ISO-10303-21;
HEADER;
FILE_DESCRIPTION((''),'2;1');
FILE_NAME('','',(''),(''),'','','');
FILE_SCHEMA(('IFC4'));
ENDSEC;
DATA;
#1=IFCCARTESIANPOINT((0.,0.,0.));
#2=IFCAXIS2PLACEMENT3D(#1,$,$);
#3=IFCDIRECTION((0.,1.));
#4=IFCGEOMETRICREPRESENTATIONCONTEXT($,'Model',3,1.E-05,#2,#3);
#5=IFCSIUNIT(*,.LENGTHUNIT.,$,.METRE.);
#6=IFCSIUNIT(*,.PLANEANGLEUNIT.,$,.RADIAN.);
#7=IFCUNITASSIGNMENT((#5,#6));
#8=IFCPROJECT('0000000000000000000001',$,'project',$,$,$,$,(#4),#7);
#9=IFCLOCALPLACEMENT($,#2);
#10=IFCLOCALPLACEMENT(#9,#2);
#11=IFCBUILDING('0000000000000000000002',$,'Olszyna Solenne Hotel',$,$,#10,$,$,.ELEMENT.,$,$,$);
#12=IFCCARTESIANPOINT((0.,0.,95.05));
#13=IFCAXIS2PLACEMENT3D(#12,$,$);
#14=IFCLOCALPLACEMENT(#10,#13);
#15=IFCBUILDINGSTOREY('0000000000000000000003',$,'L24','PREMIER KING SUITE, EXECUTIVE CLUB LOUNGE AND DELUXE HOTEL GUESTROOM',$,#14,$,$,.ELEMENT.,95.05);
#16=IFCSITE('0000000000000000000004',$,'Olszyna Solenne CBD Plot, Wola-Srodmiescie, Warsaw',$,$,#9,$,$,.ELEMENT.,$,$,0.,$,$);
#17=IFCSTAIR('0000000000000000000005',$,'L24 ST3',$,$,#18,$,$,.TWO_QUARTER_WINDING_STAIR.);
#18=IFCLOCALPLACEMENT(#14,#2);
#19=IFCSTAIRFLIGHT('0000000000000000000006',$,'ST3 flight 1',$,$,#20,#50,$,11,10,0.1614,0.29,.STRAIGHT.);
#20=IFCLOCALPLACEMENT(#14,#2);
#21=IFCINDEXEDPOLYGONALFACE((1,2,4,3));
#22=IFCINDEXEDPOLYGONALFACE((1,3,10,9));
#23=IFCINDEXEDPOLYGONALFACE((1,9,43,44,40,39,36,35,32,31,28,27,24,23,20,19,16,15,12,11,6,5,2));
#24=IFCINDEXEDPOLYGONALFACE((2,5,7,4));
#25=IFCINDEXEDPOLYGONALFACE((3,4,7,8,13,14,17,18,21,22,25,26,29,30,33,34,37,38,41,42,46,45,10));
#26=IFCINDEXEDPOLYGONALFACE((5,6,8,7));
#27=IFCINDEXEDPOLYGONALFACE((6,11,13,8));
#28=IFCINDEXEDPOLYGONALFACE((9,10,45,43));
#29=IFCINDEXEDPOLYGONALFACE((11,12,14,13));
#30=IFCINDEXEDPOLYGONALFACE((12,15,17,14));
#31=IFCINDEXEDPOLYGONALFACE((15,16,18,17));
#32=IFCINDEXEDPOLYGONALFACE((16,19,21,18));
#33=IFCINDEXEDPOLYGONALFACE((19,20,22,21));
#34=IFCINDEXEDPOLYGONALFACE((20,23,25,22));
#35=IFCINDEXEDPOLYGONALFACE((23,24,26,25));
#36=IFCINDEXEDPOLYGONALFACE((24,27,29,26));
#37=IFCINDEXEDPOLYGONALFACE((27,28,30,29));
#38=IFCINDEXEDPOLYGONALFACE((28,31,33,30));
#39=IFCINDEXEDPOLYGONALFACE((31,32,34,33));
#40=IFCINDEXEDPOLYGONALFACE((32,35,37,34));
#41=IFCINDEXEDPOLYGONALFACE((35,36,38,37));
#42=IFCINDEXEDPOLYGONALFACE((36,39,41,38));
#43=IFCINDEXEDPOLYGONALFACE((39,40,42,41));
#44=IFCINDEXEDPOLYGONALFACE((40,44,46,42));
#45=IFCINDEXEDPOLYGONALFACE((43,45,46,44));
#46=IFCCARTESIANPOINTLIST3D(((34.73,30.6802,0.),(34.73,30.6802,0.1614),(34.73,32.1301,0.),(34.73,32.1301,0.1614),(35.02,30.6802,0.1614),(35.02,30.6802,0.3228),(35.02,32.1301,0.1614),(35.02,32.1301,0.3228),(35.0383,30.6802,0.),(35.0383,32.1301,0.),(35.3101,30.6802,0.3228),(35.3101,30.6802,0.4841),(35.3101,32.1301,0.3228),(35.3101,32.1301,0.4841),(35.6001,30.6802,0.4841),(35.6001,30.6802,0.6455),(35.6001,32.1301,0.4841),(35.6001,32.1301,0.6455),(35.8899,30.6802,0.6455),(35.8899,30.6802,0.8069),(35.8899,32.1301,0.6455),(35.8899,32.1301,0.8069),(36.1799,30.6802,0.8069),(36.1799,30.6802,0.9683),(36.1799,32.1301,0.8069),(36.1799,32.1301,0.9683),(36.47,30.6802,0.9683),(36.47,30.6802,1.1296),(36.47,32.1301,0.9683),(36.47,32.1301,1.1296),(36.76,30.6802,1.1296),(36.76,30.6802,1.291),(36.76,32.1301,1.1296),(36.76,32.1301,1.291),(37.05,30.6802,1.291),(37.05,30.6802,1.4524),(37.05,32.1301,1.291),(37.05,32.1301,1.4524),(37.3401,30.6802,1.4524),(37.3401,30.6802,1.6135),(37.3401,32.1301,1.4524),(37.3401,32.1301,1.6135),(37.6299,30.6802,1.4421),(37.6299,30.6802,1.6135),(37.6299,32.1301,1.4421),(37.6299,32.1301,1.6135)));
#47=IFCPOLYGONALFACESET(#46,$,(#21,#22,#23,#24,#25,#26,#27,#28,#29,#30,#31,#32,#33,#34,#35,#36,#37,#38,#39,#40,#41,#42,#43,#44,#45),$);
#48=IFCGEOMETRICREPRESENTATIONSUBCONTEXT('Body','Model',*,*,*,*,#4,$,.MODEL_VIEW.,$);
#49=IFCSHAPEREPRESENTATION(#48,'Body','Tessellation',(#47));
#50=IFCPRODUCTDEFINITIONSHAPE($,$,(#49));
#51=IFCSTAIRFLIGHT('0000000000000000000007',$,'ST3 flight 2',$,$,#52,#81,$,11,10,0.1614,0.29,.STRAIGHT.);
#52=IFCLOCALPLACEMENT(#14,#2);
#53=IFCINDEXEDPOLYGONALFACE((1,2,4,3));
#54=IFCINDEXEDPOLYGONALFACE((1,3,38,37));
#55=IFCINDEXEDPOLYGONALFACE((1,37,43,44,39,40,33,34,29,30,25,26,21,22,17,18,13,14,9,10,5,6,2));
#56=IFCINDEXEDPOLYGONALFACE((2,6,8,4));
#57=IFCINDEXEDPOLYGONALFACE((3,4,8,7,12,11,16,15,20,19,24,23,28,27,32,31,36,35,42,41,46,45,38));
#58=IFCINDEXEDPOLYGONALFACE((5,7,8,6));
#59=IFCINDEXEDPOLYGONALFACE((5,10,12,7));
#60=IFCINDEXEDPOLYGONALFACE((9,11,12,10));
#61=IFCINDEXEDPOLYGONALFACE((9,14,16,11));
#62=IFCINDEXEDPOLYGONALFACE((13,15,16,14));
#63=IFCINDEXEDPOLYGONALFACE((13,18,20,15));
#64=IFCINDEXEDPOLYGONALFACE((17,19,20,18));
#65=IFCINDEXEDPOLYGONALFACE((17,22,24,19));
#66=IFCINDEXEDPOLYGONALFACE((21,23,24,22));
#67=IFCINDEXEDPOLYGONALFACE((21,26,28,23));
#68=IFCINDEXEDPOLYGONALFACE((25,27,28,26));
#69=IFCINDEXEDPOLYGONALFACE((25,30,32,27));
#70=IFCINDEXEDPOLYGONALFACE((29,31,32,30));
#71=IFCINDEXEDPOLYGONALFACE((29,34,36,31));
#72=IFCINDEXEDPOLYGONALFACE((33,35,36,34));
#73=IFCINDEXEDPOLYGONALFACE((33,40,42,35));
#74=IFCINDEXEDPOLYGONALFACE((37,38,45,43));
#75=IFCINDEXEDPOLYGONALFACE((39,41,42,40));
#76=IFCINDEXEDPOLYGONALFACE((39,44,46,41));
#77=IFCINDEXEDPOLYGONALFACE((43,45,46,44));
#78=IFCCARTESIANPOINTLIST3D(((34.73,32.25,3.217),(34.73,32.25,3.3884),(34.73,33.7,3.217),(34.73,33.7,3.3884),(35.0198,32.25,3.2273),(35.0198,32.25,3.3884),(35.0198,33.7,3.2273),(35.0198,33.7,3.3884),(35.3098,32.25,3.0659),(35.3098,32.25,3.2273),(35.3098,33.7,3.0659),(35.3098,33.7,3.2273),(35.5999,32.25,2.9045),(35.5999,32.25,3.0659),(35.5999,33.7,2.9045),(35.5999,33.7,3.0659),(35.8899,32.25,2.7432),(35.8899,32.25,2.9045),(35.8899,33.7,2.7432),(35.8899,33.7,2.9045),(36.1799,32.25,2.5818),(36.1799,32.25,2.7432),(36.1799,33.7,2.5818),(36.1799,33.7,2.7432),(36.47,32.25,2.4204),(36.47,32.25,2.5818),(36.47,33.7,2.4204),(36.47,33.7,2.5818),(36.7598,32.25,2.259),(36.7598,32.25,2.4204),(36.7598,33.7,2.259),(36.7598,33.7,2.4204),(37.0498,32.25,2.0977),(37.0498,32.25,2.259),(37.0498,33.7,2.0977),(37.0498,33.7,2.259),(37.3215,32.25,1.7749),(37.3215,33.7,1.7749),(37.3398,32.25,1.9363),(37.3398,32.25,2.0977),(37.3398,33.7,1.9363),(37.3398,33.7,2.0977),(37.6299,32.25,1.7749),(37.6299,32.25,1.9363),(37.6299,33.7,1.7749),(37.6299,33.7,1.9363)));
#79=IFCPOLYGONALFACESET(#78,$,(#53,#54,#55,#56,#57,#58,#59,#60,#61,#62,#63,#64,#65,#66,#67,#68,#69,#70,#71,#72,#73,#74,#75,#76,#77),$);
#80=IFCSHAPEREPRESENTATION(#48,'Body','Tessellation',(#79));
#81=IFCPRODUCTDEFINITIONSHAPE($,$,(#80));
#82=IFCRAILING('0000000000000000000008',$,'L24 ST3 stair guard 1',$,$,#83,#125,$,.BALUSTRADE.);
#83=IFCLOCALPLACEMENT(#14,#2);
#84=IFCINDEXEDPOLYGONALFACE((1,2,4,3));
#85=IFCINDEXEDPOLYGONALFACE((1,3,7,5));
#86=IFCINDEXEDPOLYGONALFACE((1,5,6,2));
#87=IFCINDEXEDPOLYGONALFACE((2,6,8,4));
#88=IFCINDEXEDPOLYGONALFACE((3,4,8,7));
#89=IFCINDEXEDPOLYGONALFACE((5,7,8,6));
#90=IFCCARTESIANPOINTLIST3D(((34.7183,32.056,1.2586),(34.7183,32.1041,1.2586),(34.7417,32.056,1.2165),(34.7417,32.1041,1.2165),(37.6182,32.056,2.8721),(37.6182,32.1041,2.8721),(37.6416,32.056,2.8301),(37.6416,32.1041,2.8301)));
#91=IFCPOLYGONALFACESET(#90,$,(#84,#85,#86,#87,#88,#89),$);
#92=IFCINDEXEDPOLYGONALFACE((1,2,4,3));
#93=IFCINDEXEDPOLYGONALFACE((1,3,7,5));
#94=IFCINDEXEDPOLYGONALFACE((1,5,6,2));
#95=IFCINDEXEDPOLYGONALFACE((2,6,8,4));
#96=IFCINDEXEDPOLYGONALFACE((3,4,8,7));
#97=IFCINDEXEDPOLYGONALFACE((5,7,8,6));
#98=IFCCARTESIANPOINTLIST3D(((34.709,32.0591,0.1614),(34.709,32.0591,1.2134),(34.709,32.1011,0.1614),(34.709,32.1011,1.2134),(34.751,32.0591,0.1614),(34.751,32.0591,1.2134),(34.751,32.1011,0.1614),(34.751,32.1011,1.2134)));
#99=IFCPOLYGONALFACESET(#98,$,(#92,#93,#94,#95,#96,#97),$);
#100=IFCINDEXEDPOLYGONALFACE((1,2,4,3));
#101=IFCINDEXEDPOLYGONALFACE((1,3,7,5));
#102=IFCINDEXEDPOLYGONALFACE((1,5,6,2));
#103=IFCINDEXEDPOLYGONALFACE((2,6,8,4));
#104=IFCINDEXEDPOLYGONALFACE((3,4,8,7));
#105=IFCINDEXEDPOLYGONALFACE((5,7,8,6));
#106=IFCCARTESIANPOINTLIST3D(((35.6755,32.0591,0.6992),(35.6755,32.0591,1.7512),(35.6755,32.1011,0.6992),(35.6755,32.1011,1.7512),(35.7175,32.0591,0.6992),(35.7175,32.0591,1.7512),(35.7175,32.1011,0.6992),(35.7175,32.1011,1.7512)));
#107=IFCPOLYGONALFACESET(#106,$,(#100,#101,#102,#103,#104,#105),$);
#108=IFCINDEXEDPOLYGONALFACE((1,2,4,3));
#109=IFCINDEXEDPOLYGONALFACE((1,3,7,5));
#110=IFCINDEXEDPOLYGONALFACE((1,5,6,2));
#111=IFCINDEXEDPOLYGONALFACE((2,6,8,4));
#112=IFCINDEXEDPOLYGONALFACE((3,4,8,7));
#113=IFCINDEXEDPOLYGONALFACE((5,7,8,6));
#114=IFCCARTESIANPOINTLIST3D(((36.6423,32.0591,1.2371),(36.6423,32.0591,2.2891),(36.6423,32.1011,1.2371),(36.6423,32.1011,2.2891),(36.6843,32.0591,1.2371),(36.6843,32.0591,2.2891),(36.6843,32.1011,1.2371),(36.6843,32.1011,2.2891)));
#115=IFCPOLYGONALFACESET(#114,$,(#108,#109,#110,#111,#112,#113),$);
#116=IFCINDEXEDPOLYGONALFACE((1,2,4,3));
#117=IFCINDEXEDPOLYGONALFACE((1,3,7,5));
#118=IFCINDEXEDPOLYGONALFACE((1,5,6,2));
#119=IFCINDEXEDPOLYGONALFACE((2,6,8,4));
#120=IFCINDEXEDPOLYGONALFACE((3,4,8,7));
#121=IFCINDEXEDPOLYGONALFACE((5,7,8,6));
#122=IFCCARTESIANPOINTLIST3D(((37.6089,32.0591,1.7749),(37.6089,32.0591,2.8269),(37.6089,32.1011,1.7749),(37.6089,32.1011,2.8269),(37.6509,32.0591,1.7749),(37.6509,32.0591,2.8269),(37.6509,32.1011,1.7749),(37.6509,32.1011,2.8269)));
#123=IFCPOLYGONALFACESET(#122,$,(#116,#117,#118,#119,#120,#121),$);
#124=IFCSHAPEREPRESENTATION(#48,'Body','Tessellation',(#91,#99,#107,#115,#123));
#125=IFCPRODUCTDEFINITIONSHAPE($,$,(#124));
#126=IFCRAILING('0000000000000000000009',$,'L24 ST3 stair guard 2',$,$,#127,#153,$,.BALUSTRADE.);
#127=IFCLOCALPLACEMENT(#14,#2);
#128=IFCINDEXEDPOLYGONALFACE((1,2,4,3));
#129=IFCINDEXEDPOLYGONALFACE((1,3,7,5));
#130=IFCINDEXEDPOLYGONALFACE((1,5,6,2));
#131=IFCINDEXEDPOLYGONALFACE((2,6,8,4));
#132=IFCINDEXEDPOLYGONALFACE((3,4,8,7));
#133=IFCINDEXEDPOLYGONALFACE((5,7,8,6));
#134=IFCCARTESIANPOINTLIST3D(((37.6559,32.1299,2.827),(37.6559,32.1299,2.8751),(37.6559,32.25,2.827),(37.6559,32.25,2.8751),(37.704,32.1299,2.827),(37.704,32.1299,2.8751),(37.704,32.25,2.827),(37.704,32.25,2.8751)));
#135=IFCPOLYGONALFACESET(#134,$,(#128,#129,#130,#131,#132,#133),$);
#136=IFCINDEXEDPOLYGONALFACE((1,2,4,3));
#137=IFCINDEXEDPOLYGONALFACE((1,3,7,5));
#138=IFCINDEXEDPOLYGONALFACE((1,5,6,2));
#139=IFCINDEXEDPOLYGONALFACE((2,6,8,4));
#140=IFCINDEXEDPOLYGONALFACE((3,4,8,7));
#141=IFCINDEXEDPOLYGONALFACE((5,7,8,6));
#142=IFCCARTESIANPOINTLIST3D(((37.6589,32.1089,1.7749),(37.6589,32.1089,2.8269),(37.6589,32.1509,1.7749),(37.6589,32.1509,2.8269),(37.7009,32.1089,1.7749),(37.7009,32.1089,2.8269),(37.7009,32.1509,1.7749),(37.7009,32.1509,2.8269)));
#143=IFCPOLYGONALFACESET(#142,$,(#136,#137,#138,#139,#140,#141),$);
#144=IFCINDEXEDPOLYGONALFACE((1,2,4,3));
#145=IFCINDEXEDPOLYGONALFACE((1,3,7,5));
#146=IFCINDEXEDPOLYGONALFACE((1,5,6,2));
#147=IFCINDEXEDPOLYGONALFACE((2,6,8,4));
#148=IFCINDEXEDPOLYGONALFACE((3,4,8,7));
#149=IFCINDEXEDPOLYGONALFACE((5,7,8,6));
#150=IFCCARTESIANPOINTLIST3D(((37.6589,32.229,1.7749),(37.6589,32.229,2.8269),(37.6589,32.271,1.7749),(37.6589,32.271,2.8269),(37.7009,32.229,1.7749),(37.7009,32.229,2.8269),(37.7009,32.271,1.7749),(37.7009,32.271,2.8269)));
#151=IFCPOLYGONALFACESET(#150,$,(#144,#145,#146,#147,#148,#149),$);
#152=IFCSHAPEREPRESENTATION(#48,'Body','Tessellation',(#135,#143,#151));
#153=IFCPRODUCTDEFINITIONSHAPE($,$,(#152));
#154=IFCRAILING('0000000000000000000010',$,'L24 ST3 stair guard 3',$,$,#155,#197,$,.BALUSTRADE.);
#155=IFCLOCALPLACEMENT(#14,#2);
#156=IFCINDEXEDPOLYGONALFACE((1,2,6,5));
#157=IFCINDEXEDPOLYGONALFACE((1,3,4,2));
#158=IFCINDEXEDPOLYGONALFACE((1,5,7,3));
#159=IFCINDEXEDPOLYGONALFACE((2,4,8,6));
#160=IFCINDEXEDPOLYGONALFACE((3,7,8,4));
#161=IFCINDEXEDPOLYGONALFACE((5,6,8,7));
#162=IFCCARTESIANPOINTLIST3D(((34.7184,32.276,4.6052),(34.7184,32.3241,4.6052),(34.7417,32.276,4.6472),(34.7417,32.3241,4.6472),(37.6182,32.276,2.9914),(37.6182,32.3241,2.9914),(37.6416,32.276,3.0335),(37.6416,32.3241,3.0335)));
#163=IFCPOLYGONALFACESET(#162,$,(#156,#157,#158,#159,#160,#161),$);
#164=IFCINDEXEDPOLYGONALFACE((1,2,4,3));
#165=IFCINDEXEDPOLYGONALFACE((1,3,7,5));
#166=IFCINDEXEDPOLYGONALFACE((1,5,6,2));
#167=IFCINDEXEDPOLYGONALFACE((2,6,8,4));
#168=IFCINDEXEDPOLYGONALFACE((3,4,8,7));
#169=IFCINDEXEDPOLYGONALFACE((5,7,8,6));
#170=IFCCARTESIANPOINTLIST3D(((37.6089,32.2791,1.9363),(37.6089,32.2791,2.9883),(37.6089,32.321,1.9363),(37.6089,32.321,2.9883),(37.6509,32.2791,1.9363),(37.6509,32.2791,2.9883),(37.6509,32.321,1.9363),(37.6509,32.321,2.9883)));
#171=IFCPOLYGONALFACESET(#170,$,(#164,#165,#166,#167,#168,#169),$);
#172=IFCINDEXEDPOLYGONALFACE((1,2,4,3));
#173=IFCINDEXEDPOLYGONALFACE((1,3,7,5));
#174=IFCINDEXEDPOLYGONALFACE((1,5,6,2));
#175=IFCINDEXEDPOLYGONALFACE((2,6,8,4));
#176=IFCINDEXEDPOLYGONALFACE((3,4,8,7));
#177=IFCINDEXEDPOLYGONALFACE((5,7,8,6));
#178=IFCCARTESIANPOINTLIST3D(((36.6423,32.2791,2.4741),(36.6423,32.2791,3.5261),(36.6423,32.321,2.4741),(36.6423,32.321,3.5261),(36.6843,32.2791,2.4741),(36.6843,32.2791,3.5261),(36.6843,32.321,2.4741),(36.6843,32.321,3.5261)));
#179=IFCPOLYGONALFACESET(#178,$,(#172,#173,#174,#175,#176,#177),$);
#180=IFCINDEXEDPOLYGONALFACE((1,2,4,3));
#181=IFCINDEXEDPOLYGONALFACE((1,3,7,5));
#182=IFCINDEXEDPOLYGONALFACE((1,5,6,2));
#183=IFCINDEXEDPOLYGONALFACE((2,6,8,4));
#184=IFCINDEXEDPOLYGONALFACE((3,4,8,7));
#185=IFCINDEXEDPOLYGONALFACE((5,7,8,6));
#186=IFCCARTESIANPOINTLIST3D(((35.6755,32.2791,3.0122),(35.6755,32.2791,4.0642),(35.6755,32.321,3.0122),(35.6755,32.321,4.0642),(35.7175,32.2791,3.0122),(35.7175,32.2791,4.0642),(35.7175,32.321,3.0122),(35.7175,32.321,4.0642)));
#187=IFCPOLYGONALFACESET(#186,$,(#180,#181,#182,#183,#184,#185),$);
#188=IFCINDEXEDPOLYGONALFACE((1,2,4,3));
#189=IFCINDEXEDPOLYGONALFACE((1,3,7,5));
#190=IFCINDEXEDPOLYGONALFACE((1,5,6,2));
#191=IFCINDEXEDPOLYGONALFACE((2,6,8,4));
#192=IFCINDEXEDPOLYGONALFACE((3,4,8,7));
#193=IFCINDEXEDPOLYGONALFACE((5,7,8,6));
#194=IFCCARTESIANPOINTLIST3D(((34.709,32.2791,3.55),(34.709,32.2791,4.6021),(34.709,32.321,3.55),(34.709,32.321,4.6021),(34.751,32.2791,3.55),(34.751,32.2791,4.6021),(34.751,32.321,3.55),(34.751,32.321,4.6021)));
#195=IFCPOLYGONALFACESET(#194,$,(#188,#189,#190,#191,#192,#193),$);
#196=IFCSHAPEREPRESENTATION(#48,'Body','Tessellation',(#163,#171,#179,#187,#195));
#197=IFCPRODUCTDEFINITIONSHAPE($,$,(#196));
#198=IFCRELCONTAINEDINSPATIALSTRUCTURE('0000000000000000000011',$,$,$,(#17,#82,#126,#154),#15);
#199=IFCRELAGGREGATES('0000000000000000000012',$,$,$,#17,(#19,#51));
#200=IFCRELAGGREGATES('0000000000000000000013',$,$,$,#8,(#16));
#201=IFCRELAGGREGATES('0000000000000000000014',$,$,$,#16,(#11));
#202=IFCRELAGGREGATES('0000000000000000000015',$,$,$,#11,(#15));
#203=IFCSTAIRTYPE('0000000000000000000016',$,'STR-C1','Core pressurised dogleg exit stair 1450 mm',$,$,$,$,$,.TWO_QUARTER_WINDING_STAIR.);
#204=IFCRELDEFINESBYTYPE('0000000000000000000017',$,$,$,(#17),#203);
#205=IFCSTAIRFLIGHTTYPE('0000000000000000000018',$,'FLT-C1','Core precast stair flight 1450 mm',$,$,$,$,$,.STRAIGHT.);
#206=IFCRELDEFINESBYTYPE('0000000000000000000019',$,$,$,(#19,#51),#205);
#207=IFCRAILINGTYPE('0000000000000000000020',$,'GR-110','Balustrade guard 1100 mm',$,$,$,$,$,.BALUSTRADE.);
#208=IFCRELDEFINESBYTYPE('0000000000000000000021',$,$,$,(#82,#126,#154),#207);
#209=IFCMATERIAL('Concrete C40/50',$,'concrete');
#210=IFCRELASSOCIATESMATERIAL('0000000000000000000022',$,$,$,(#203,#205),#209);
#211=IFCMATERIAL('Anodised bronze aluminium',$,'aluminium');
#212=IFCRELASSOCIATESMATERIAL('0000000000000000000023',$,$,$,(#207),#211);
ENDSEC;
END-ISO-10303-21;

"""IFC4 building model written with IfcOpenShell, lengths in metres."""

from ifc_helpers import new_model, si_unit, direction, frame, origin, origin_2d, place, context, subcontext, project, spatial, polyline, rectangle, outline, extrude, material, type_object, element, aggregate, save


model = new_model("IFC4")

# Units and contexts
model_context = context("Model", 3, precision=1e-05, world=origin(), true_north=direction((0.0, 1.0)))
body_context = subcontext(model_context, "Body", "Model", "MODEL_VIEW")
ifc_project = project(units=[si_unit("LENGTHUNIT", "METRE"), si_unit("PLANEANGLEUNIT", "RADIAN")], contexts=[model_context])

# Site, building, storey
site_placement = place(None, origin())
site = spatial("IfcSite", under=ifc_project, at=site_placement, Name="Olszyna Solenne CBD Plot, Wola-Srodmiescie, Warsaw", CompositionType="ELEMENT", RefElevation=0.0)
building_placement = place(site_placement, origin())
building = spatial("IfcBuilding", under=site, at=building_placement, Name="Olszyna Solenne Hotel", CompositionType="ELEMENT")
storey_placement = place(building_placement, frame((0.0, 0.0, 95.05)))
storey = spatial("IfcBuildingStorey", under=building, at=storey_placement, Name="L24", Description="PREMIER KING SUITE, EXECUTIVE CLUB LOUNGE AND DELUXE HOTEL GUESTROOM", CompositionType="ELEMENT", Elevation=95.05)

# Shared definitions
ifc_material_1 = material(Name="Anodised bronze aluminium", Category="aluminium")

# Stair, stair flights
ifc_material_2 = material(Name="Concrete C40/50", Category="concrete")
stair_type = type_object("IfcStairType", Name="STR-C1", Description="Core pressurised dogleg exit stair 1450 mm", PredefinedType="TWO_QUARTER_WINDING_STAIR", material=ifc_material_2)
stair_placement = place(storey_placement, origin())
stair = element("IfcStair", 1, at=stair_placement, inside=storey, type_object=stair_type, Name="L24 ST3", PredefinedType="TWO_QUARTER_WINDING_STAIR")
stair_flight_type = type_object("IfcStairFlightType", Name="FLT-C1", Description="Core precast stair flight 1450 mm", PredefinedType="STRAIGHT", material=ifc_material_2)
stair_flight_1_placement = place(storey_placement, frame((34.73, 31.405, 0.0), z_axis=(0.0, 0.0, 1.0), x_axis=(1.0, 0.0, 0.0)))
stair_flight_1 = element("IfcStairFlight", 2, at=stair_flight_1_placement, type_object=stair_flight_type, Name="ST3 flight 1", NumberOfRisers=11, NumberOfTreads=10, PredefinedType="STRAIGHT", RiserHeight=0.1614, TreadLength=0.29, context=body_context, shape_type="SweptSolid", body=[
    extrude(outline(polyline([(0.0, 0.0), (0.0, 0.1614), (0.29, 0.1614), (0.29, 0.3228), (0.5801, 0.3228), (0.5801, 0.4841), (0.8701, 0.4841), (0.8701, 0.6455), (1.1599, 0.6455), (1.1599, 0.8069), (1.45, 0.8069), (1.45, 0.9683), (1.74, 0.9683), (1.74, 1.1296), (2.03, 1.1296), (2.03, 1.291), (2.3201, 1.291), (2.3201, 1.4524), (2.6101, 1.4524), (2.6101, 1.6135), (2.8999, 1.6135), (2.8999, 1.7749), (2.8999, 1.4421), (0.3083, 0.0), (0.0, 0.0)])), frame((0.0, 0.7251, 0.0), z_axis=(0.0, -1.0, 0.0), x_axis=(1.0, 0.0, 0.0)), (0.0, 0.0, 1.0), 1.45),
])
stair_flight_2_placement = place(storey_placement, frame((37.6299, 32.9751, 1.7749), z_axis=(0.0, 0.0, 1.0), x_axis=(-1.0, 0.0, 0.0)))
stair_flight_2 = element("IfcStairFlight", 3, at=stair_flight_2_placement, type_object=stair_flight_type, Name="ST3 flight 2", NumberOfRisers=11, NumberOfTreads=10, PredefinedType="STRAIGHT", RiserHeight=0.1614, TreadLength=0.29, context=body_context, shape_type="SweptSolid", body=[
    extrude(outline(polyline([(0.0, 0.0), (0.0, 0.1614), (0.29, 0.1614), (0.29, 0.3228), (0.5801, 0.3228), (0.5801, 0.4841), (0.8701, 0.4841), (0.8701, 0.6455), (1.1599, 0.6455), (1.1599, 0.8069), (1.45, 0.8069), (1.45, 0.9683), (1.74, 0.9683), (1.74, 1.1296), (2.03, 1.1296), (2.03, 1.291), (2.3201, 1.291), (2.3201, 1.4524), (2.6101, 1.4524), (2.6101, 1.6135), (2.8999, 1.6135), (2.8999, 1.7749), (2.8999, 1.4421), (0.3083, 0.0), (0.0, 0.0)])), frame((0.0, 0.7251, 0.0), z_axis=(0.0, -1.0, 0.0), x_axis=(1.0, 0.0, 0.0)), (0.0, 0.0, 1.0), 1.45),
])
aggregate(stair, [stair_flight_1, stair_flight_2])

# Railings
railing_type_1 = type_object("IfcRailingType", Name="GR-110", Description="Balustrade guard 1100 mm", PredefinedType="BALUSTRADE", material=ifc_material_1)
railing_1_placement = place(storey_placement, frame((34.73, 32.0801, 0.1614)))
element("IfcRailing", 4, at=railing_1_placement, inside=storey, type_object=railing_type_1, Name="L24 ST3 stair guard 1", PredefinedType="BALUSTRADE", context=body_context, shape_type="SweptSolid", body=[
    extrude(rectangle(XDim=0.0481, YDim=0.0481, at=origin_2d()), frame((0.0, 0.0, 1.0762), z_axis=(0.873841, 0.0, 0.486211), x_axis=(0.0, 1.0, 0.0)), (0.0, 0.0, 1.0), 3.3186),
    extrude(rectangle(XDim=0.042, YDim=0.042, at=origin_2d()), origin(), (0.0, 0.0, 1.0), 1.052),
    extrude(rectangle(XDim=0.042, YDim=0.042, at=origin_2d()), frame((0.9666, 0.0, 0.5378)), (0.0, 0.0, 1.0), 1.052),
    extrude(rectangle(XDim=0.042, YDim=0.042, at=origin_2d()), frame((1.9333, 0.0, 1.0757)), (0.0, 0.0, 1.0), 1.052),
    extrude(rectangle(XDim=0.042, YDim=0.042, at=origin_2d()), frame((2.8999, 0.0, 1.6135)), (0.0, 0.0, 1.0), 1.052),
])
railing_2_placement = place(storey_placement, frame((37.6799, 32.1299, 1.7749)))
element("IfcRailing", 5, at=railing_2_placement, inside=storey, type_object=railing_type_1, Name="L24 ST3 stair guard 2", PredefinedType="BALUSTRADE", context=body_context, shape_type="SweptSolid", body=[
    extrude(rectangle(XDim=0.0481, YDim=0.0481, at=origin_2d()), frame((0.0, 0.0, 1.0762), z_axis=(0.0, 1.0, 0.0), x_axis=(-1.0, 0.0, 0.0)), (0.0, 0.0, 1.0), 0.1201),
    extrude(rectangle(XDim=0.042, YDim=0.042, at=origin_2d()), origin(), (0.0, 0.0, 1.0), 1.052),
    extrude(rectangle(XDim=0.042, YDim=0.042, at=origin_2d()), frame((0.0, 0.1201, 0.0)), (0.0, 0.0, 1.0), 1.052),
])
railing_3_placement = place(storey_placement, frame((37.6299, 32.3, 1.9363)))
element("IfcRailing", 6, at=railing_3_placement, inside=storey, type_object=railing_type_1, Name="L24 ST3 stair guard 3", PredefinedType="BALUSTRADE", context=body_context, shape_type="SweptSolid", body=[
    extrude(rectangle(XDim=0.0481, YDim=0.0481, at=origin_2d()), frame((0.0, 0.0, 1.0762), z_axis=(-0.87381, 0.0, 0.486267), x_axis=(0.0, -1.0, 0.0)), (0.0, 0.0, 1.0), 3.3186),
    extrude(rectangle(XDim=0.042, YDim=0.042, at=origin_2d()), origin(), (0.0, 0.0, 1.0), 1.052),
    extrude(rectangle(XDim=0.042, YDim=0.042, at=origin_2d()), frame((-0.9666, 0.0, 0.5378)), (0.0, 0.0, 1.0), 1.052),
    extrude(rectangle(XDim=0.042, YDim=0.042, at=origin_2d()), frame((-1.9333, 0.0, 1.0759)), (0.0, 0.0, 1.0), 1.052),
    extrude(rectangle(XDim=0.042, YDim=0.042, at=origin_2d()), frame((-2.8999, 0.0, 1.6138)), (0.0, 0.0, 1.0), 1.052),
])

save(model, "model.ifc")
